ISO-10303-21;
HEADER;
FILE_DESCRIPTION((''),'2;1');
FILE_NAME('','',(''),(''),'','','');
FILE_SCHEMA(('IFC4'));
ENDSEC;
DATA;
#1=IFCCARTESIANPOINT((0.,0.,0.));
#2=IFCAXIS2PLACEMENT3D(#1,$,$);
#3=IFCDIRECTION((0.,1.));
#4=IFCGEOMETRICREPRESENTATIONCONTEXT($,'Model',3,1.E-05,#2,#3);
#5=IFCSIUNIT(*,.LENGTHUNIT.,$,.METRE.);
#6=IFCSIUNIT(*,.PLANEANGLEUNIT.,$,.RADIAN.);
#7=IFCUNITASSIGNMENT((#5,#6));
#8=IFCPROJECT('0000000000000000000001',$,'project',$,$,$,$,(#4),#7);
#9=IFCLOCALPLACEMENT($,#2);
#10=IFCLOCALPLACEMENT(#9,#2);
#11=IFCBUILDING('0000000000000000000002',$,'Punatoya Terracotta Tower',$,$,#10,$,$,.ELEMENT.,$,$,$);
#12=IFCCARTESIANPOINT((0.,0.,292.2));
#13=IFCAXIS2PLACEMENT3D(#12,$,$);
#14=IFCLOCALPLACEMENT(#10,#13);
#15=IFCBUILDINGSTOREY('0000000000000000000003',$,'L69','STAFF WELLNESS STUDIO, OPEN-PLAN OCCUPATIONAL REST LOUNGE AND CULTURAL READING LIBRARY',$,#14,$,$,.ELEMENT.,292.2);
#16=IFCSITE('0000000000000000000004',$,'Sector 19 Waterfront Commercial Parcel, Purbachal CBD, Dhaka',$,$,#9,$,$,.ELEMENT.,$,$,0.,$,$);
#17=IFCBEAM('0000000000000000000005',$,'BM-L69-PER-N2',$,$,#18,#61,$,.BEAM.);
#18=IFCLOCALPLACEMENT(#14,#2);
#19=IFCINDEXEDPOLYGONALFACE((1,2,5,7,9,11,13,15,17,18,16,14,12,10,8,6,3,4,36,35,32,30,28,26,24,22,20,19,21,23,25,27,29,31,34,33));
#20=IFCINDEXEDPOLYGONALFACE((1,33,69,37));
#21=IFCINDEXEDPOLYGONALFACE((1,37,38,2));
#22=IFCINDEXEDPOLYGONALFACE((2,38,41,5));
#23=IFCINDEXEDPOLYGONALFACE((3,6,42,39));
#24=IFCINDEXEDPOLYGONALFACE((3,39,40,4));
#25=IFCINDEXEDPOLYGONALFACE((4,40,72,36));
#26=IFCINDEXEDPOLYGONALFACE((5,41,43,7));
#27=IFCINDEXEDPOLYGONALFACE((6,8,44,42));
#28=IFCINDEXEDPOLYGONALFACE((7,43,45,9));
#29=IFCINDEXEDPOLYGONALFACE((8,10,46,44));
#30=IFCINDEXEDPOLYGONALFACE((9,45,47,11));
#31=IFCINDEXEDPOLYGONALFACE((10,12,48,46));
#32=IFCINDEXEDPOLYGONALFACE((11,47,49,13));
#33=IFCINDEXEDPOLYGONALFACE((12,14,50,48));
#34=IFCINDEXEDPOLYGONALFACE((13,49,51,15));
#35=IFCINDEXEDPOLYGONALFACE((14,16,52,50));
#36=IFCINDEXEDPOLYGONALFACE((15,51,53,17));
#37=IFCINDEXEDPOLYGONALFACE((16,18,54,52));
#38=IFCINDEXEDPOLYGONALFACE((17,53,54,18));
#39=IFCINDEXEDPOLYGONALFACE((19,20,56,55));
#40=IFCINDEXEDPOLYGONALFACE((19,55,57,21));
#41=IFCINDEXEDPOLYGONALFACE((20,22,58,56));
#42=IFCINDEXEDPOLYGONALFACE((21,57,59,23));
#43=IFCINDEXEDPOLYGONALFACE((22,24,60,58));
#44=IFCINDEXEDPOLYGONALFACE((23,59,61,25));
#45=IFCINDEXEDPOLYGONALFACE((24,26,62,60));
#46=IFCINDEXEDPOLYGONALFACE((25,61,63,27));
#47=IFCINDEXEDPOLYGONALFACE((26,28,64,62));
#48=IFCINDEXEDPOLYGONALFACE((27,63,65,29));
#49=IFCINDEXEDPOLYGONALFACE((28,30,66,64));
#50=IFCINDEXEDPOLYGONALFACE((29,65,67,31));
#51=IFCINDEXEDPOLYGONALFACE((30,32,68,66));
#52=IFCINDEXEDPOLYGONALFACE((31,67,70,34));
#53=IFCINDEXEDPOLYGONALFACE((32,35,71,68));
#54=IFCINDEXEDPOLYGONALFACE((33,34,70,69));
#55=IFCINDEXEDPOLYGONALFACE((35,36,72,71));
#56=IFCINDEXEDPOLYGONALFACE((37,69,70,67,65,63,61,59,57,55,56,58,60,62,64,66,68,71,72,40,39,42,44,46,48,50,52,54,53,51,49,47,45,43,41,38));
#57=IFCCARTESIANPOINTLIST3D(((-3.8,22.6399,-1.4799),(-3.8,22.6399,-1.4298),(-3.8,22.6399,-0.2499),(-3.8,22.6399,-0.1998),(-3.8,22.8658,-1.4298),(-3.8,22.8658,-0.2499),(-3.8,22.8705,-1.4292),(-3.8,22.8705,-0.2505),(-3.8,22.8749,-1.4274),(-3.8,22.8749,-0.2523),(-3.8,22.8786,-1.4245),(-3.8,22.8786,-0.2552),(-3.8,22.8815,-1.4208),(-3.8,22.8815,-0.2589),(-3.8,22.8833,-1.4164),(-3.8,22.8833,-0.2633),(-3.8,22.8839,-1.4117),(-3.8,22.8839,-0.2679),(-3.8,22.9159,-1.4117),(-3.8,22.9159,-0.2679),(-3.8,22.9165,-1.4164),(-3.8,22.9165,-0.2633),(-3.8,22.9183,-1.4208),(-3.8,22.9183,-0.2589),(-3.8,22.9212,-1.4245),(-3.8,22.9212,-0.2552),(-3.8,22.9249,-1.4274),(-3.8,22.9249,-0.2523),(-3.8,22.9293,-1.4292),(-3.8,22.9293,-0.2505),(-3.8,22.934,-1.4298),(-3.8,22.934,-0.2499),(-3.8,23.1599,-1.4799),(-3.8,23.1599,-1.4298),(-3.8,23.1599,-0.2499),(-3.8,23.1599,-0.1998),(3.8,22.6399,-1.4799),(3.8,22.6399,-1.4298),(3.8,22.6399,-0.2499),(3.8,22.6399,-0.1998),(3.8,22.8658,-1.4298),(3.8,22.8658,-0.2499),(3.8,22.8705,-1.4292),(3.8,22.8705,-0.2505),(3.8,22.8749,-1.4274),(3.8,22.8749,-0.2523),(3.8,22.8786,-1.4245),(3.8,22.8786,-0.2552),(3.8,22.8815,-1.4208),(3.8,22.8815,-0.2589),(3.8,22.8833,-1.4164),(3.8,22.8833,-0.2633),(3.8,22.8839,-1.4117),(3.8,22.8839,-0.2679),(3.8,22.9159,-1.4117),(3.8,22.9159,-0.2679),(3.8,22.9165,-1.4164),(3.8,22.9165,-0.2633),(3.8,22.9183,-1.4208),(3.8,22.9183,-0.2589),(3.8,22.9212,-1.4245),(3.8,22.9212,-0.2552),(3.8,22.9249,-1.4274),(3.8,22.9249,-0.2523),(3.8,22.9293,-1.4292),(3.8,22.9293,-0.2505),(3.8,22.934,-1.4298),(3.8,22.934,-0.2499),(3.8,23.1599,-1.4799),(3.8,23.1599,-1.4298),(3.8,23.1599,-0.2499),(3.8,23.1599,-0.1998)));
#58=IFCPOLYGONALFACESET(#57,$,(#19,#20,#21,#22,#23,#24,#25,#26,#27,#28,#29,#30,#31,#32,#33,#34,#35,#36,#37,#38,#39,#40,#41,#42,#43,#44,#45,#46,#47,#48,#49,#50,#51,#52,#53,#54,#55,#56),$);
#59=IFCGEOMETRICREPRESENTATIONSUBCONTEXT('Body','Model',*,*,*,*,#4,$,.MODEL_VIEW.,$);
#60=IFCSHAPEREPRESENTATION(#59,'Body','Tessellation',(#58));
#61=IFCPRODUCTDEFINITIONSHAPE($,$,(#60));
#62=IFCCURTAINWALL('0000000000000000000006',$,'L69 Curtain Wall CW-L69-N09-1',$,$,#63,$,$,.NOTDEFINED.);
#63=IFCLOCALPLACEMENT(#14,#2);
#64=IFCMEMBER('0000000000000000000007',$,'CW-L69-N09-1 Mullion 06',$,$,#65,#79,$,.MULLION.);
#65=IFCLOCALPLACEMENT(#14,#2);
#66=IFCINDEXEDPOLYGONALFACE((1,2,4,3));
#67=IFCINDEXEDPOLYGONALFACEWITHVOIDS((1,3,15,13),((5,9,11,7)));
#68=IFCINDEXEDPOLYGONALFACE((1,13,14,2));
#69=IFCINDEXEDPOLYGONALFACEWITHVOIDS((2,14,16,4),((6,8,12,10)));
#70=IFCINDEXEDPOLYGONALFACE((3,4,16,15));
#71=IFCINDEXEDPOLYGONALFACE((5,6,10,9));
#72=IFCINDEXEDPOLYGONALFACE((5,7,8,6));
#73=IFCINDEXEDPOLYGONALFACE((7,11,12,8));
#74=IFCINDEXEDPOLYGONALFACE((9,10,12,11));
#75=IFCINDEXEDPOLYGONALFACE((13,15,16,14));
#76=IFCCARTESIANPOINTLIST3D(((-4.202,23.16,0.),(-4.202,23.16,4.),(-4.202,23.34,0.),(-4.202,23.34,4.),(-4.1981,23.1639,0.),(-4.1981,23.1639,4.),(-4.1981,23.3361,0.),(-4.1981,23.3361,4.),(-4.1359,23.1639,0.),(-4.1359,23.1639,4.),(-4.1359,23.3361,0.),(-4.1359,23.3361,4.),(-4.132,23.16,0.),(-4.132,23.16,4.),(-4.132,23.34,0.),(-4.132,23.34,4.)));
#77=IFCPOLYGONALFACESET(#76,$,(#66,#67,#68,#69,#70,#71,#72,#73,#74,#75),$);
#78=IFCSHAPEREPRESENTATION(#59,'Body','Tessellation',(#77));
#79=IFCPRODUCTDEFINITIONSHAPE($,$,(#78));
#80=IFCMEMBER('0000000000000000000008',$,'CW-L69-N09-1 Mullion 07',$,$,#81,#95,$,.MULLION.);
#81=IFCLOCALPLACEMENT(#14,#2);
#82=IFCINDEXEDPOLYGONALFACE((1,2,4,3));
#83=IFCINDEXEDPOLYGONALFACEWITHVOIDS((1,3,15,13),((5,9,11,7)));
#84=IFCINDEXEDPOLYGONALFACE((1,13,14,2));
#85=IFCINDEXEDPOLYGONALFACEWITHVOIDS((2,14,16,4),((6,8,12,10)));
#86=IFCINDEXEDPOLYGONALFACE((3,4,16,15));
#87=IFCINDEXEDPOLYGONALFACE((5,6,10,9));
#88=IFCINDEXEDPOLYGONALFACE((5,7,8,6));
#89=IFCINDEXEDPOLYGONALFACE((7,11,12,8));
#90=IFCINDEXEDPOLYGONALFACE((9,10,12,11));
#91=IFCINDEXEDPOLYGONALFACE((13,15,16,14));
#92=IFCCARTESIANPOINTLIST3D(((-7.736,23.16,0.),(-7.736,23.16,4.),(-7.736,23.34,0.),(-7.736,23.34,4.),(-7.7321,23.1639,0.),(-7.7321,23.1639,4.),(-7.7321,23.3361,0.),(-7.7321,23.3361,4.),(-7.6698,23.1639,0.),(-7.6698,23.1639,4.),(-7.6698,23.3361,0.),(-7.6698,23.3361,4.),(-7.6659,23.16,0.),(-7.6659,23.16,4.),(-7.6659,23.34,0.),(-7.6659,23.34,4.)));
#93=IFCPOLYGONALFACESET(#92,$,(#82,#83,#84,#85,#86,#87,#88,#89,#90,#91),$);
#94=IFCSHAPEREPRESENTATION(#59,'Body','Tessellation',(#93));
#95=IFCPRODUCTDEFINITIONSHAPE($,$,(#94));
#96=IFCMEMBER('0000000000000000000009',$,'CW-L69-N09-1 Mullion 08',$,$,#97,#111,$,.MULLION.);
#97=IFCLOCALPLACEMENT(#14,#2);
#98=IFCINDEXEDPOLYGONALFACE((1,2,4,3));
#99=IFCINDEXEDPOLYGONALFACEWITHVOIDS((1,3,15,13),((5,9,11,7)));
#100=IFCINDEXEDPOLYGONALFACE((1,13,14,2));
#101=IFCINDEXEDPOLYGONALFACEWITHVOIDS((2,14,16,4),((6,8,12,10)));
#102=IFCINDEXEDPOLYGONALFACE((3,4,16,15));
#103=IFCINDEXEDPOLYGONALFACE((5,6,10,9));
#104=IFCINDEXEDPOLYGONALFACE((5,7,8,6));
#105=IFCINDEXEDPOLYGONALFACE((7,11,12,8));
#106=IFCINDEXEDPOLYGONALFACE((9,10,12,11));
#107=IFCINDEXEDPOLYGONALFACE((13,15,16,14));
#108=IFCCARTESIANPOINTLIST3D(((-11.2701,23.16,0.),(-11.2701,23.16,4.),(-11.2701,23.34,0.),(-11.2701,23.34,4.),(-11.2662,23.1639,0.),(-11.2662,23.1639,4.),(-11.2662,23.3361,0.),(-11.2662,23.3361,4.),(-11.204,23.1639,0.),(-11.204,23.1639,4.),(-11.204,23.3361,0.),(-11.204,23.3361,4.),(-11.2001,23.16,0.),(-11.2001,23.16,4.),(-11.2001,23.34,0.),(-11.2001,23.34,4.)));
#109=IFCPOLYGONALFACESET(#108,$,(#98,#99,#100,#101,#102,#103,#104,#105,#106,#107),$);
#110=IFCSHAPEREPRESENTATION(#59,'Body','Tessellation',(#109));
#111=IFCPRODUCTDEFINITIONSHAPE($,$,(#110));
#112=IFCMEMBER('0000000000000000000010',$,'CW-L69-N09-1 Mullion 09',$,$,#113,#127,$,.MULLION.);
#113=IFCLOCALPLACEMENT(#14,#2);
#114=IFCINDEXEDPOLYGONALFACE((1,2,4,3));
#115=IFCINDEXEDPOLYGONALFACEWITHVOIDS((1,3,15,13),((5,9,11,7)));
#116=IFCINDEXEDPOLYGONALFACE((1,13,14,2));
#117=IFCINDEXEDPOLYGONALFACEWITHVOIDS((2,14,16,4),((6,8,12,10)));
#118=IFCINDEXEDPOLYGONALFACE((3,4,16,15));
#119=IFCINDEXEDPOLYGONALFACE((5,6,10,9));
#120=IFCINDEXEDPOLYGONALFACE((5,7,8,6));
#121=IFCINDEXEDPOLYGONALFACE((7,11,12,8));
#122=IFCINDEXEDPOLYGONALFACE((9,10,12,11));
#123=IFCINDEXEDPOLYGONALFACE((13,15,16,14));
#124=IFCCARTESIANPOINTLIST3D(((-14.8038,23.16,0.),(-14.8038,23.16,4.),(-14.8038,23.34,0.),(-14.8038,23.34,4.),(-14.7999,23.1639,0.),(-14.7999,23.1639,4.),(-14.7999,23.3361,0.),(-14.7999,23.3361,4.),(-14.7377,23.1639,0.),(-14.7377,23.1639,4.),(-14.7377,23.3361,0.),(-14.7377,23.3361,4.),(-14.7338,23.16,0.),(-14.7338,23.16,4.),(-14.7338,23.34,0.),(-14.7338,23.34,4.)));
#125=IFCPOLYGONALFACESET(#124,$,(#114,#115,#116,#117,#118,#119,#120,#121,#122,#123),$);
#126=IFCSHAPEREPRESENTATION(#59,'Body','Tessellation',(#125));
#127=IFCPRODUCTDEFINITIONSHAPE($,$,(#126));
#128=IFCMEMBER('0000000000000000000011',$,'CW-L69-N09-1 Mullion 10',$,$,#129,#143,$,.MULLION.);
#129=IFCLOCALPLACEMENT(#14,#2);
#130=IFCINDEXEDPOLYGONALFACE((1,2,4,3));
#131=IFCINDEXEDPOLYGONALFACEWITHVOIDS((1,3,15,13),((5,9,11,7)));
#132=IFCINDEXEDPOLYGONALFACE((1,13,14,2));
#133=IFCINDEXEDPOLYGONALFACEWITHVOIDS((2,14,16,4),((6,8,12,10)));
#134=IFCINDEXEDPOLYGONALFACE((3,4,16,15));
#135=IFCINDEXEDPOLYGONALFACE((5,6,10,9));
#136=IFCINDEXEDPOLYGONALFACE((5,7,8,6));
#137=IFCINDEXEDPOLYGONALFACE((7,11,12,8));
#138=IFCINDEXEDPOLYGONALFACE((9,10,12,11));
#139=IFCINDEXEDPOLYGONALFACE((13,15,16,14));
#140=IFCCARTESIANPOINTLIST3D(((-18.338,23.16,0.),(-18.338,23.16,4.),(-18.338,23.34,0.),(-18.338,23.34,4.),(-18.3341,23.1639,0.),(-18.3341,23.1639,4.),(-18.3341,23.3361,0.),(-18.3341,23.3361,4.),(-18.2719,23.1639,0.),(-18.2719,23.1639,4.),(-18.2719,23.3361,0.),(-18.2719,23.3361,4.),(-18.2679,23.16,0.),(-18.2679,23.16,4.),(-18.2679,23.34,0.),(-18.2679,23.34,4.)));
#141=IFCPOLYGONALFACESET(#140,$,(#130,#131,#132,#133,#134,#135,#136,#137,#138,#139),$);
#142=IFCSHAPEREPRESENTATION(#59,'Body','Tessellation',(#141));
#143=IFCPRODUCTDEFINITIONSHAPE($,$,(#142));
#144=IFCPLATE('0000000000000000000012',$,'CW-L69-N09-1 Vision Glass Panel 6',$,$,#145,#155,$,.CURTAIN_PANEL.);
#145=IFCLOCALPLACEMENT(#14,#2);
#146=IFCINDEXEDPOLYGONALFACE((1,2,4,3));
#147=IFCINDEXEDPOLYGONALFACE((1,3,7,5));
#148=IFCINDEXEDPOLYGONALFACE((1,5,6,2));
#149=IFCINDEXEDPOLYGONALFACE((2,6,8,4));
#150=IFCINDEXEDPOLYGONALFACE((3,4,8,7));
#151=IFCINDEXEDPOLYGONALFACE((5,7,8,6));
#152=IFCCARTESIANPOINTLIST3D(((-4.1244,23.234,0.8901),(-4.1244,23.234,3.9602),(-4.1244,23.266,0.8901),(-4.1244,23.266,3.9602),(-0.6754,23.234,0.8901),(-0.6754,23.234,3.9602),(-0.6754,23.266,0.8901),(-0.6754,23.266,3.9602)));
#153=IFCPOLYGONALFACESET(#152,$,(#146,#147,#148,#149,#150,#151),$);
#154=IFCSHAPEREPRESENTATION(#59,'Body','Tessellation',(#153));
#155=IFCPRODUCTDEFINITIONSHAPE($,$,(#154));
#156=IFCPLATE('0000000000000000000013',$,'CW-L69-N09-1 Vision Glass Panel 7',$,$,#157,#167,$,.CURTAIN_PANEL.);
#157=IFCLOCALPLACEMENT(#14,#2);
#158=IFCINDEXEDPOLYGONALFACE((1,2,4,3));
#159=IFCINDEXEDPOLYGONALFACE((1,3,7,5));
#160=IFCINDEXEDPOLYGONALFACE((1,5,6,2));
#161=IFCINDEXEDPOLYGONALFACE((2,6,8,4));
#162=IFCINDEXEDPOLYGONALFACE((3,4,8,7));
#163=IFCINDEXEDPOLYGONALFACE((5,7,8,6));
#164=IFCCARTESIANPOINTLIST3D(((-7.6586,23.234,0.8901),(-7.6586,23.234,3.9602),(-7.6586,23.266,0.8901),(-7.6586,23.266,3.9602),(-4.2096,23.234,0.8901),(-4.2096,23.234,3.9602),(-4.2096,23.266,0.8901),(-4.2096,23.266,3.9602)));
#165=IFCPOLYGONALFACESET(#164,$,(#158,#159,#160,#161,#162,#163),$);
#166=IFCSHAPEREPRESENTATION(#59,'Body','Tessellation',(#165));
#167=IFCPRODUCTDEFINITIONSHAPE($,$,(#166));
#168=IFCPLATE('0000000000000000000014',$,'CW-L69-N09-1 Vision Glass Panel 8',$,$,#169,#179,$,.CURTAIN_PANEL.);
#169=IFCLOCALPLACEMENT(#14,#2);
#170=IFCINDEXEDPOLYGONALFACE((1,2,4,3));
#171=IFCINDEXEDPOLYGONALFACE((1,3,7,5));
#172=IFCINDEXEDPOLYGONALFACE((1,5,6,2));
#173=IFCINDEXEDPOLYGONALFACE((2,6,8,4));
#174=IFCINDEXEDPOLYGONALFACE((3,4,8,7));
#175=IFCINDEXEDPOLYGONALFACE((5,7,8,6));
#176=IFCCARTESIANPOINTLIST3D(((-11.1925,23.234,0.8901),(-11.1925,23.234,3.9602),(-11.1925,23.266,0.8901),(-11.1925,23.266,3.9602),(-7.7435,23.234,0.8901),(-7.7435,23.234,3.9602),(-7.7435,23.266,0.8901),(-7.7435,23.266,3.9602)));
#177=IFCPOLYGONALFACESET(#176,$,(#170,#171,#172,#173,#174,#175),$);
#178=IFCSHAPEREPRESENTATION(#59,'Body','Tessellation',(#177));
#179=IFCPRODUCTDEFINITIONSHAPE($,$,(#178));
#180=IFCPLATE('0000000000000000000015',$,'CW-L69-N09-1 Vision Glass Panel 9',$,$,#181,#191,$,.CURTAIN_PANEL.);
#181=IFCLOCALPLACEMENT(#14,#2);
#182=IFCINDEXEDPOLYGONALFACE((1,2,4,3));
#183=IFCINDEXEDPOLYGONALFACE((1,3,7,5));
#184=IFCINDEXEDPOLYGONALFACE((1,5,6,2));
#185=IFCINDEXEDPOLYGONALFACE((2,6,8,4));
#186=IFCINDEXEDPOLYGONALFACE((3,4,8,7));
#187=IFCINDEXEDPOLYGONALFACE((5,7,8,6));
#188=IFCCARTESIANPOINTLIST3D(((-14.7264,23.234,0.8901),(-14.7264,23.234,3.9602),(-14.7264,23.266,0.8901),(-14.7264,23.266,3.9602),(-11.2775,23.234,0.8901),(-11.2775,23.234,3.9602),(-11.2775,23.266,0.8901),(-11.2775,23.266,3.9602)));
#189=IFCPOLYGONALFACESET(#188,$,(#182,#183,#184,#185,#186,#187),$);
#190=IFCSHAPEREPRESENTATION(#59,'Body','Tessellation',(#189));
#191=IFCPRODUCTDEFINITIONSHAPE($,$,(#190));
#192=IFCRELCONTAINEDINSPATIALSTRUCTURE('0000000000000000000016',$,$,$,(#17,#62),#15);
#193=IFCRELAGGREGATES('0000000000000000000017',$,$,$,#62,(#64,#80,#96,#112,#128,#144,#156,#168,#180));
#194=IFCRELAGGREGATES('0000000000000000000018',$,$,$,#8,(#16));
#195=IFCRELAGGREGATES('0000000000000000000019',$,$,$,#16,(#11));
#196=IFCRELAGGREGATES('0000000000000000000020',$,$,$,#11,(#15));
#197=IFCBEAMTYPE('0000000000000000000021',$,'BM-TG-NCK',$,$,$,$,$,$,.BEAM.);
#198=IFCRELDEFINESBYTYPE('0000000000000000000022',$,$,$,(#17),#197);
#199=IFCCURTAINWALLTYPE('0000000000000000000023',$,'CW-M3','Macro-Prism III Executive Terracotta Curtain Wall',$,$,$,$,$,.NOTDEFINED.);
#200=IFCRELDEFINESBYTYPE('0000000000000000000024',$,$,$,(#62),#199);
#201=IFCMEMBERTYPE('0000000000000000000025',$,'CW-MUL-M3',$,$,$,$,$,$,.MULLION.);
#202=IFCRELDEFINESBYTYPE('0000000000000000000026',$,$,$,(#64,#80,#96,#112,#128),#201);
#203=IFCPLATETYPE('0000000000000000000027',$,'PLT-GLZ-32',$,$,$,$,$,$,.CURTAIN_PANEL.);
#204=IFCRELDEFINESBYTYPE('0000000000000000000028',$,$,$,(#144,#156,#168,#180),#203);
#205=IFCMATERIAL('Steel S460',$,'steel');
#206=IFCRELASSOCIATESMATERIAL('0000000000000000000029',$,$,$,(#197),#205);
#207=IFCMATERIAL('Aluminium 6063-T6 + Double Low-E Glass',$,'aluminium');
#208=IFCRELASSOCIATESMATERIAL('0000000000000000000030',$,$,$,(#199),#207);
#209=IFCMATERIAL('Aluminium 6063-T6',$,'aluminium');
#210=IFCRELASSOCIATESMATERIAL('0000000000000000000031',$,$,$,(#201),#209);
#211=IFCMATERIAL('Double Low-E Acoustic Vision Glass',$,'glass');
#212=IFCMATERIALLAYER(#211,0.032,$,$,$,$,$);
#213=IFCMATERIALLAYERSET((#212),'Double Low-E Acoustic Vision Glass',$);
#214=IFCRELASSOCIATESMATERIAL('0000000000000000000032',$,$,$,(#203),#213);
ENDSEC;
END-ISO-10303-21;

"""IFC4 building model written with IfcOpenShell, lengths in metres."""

from ifc_helpers import new_model, si_unit, direction, frame, origin, origin_2d, place, context, subcontext, project, spatial, rectangle, hollow_rectangle, i_section, extrude, material, layer, layer_set, material_profile, profile_set, type_object, element, aggregate, save


model = new_model("IFC4")

# Units and contexts
model_context = context("Model", 3, precision=1e-05, world=origin(), true_north=direction((0.0, 1.0)))
body_context = subcontext(model_context, "Body", "Model", "MODEL_VIEW")
ifc_project = project(units=[si_unit("LENGTHUNIT", "METRE"), si_unit("PLANEANGLEUNIT", "RADIAN")], contexts=[model_context])

# Site, building, storey
site_placement = place(None, origin())
site = spatial("IfcSite", under=ifc_project, at=site_placement, Name="Sector 19 Waterfront Commercial Parcel, Purbachal CBD, Dhaka", CompositionType="ELEMENT", RefElevation=0.0)
building_placement = place(site_placement, origin())
building = spatial("IfcBuilding", under=site, at=building_placement, Name="Punatoya Terracotta Tower", CompositionType="ELEMENT")
storey_placement = place(building_placement, frame((0.0, 0.0, 292.2)))
storey = spatial("IfcBuildingStorey", under=building, at=storey_placement, Name="L69", Description="STAFF WELLNESS STUDIO, OPEN-PLAN OCCUPATIONAL REST LOUNGE AND CULTURAL READING LIBRARY", CompositionType="ELEMENT", Elevation=292.2)

# Shared definitions
ifc_material_1 = material(Name="Steel S460", Category="steel")

# Beam
ifc_material_profile_1 = material_profile(ifc_material_1, i_section(OverallWidth=0.52, OverallDepth=1.28, WebThickness=0.032, FlangeThickness=0.05, FilletRadius=0.0181, at=origin_2d()))
ifc_profile_set_1 = profile_set([ifc_material_profile_1], Name="Steel S460")
beam_type_1 = type_object("IfcBeamType", Name="BM-TG-NCK", PredefinedType="BEAM", material=ifc_profile_set_1)
beam_1_placement = place(storey_placement, frame((-3.8, 22.8999, -0.8398), z_axis=(1.0, 0.0, 0.0), x_axis=(0.0, 1.0, 0.0)))
element("IfcBeam", 1, at=beam_1_placement, inside=storey, type_object=beam_type_1, Name="BM-L69-PER-N2", PredefinedType="BEAM", context=body_context, shape_type="SweptSolid", body=[
    extrude(i_section(OverallWidth=0.52, OverallDepth=1.28, WebThickness=0.032, FlangeThickness=0.05, FilletRadius=0.0181, at=origin_2d()), origin(), (0.0, 0.0, 1.0), 7.6001),
])

# Curtain wall, members, plates
ifc_material_2 = material(Name="Aluminium 6063-T6 + Double Low-E Glass", Category="aluminium")
curtain_wall_type = type_object("IfcCurtainWallType", Name="CW-M3", Description="Macro-Prism III Executive Terracotta Curtain Wall", PredefinedType="NOTDEFINED", material=ifc_material_2)
curtain_wall_placement = place(storey_placement, origin())
curtain_wall = element("IfcCurtainWall", 2, at=curtain_wall_placement, inside=storey, type_object=curtain_wall_type, Name="L69 Curtain Wall CW-L69-N09-1", PredefinedType="NOTDEFINED")
ifc_material_3 = material(Name="Aluminium 6063-T6", Category="aluminium")
ifc_material_profile_2 = material_profile(ifc_material_3, hollow_rectangle(XDim=0.0701, YDim=0.1799, WallThickness=0.0039, at=origin_2d()))
ifc_profile_set_2 = profile_set([ifc_material_profile_2], Name="Aluminium 6063-T6")
member_type = type_object("IfcMemberType", Name="CW-MUL-M3", PredefinedType="MULLION", material=ifc_profile_set_2)
member_1_placement = place(storey_placement, frame((-4.167, 23.25, 0.0), z_axis=(0.0, 0.0, 1.0), x_axis=(1.0, 0.0, 0.0)))
member_1 = element("IfcMember", 3, at=member_1_placement, type_object=member_type, Name="CW-L69-N09-1 Mullion 06", PredefinedType="MULLION", context=body_context, shape_type="SweptSolid", body=[
    extrude(hollow_rectangle(XDim=0.0701, YDim=0.1799, WallThickness=0.0039, at=origin_2d()), origin(), (0.0, 0.0, 1.0), 4.0),
])
member_2_placement = place(storey_placement, frame((-7.7009, 23.25, 0.0), z_axis=(0.0, 0.0, 1.0), x_axis=(1.0, 0.0, 0.0)))
member_2 = element("IfcMember", 4, at=member_2_placement, type_object=member_type, Name="CW-L69-N09-1 Mullion 07", PredefinedType="MULLION", context=body_context, shape_type="SweptSolid", body=[
    extrude(hollow_rectangle(XDim=0.0701, YDim=0.1799, WallThickness=0.0039, at=origin_2d()), origin(), (0.0, 0.0, 1.0), 4.0),
])
member_3_placement = place(storey_placement, frame((-11.2351, 23.25, 0.0), z_axis=(0.0, 0.0, 1.0), x_axis=(1.0, 0.0, 0.0)))
member_3 = element("IfcMember", 5, at=member_3_placement, type_object=member_type, Name="CW-L69-N09-1 Mullion 08", PredefinedType="MULLION", context=body_context, shape_type="SweptSolid", body=[
    extrude(hollow_rectangle(XDim=0.0701, YDim=0.1799, WallThickness=0.0039, at=origin_2d()), origin(), (0.0, 0.0, 1.0), 4.0),
])
member_4_placement = place(storey_placement, frame((-14.7688, 23.25, 0.0), z_axis=(0.0, 0.0, 1.0), x_axis=(1.0, 0.0, 0.0)))
member_4 = element("IfcMember", 6, at=member_4_placement, type_object=member_type, Name="CW-L69-N09-1 Mullion 09", PredefinedType="MULLION", context=body_context, shape_type="SweptSolid", body=[
    extrude(hollow_rectangle(XDim=0.0701, YDim=0.1799, WallThickness=0.0039, at=origin_2d()), origin(), (0.0, 0.0, 1.0), 4.0),
])
member_5_placement = place(storey_placement, frame((-18.303, 23.25, 0.0), z_axis=(0.0, 0.0, 1.0), x_axis=(1.0, 0.0, 0.0)))
member_5 = element("IfcMember", 7, at=member_5_placement, type_object=member_type, Name="CW-L69-N09-1 Mullion 10", PredefinedType="MULLION", context=body_context, shape_type="SweptSolid", body=[
    extrude(hollow_rectangle(XDim=0.0701, YDim=0.1799, WallThickness=0.0039, at=origin_2d()), origin(), (0.0, 0.0, 1.0), 4.0),
])
ifc_material_4 = material(Name="Double Low-E Acoustic Vision Glass", Category="glass")
ifc_layer_1 = layer(ifc_material_4, 0.032)
ifc_layer_set_1 = layer_set([ifc_layer_1], Name="Double Low-E Acoustic Vision Glass")
plate_type_1 = type_object("IfcPlateType", Name="PLT-GLZ-32", PredefinedType="CURTAIN_PANEL", material=ifc_layer_set_1)
plate_1_placement = place(storey_placement, frame((-2.3999, 23.25, 0.8901), z_axis=(0.0, 0.0, 1.0), x_axis=(-1.0, 0.0, 0.0)))
plate_1 = element("IfcPlate", 8, at=plate_1_placement, type_object=plate_type_1, Name="CW-L69-N09-1 Vision Glass Panel 6", PredefinedType="CURTAIN_PANEL", context=body_context, shape_type="SweptSolid", body=[
    extrude(rectangle(XDim=3.449, YDim=0.032, at=origin_2d()), origin(), (0.0, 0.0, 1.0), 3.0701),
])
plate_2_placement = place(storey_placement, frame((-5.9341, 23.25, 0.8901), z_axis=(0.0, 0.0, 1.0), x_axis=(-1.0, 0.0, 0.0)))
plate_2 = element("IfcPlate", 9, at=plate_2_placement, type_object=plate_type_1, Name="CW-L69-N09-1 Vision Glass Panel 7", PredefinedType="CURTAIN_PANEL", context=body_context, shape_type="SweptSolid", body=[
    extrude(rectangle(XDim=3.449, YDim=0.032, at=origin_2d()), origin(), (0.0, 0.0, 1.0), 3.0701),
])
plate_3_placement = place(storey_placement, frame((-9.468, 23.25, 0.8901), z_axis=(0.0, 0.0, 1.0), x_axis=(-1.0, 0.0, 0.0)))
plate_3 = element("IfcPlate", 10, at=plate_3_placement, type_object=plate_type_1, Name="CW-L69-N09-1 Vision Glass Panel 8", PredefinedType="CURTAIN_PANEL", context=body_context, shape_type="SweptSolid", body=[
    extrude(rectangle(XDim=3.449, YDim=0.032, at=origin_2d()), origin(), (0.0, 0.0, 1.0), 3.0701),
])
plate_4_placement = place(storey_placement, frame((-13.002, 23.25, 0.8901), z_axis=(0.0, 0.0, 1.0), x_axis=(-1.0, 0.0, 0.0)))
plate_4 = element("IfcPlate", 11, at=plate_4_placement, type_object=plate_type_1, Name="CW-L69-N09-1 Vision Glass Panel 9", PredefinedType="CURTAIN_PANEL", context=body_context, shape_type="SweptSolid", body=[
    extrude(rectangle(XDim=3.449, YDim=0.032, at=origin_2d()), origin(), (0.0, 0.0, 1.0), 3.0701),
])
aggregate(curtain_wall, [member_1, member_2, member_3, member_4, member_5, plate_1, plate_2, plate_3, plate_4])

save(model, "model.ifc")
